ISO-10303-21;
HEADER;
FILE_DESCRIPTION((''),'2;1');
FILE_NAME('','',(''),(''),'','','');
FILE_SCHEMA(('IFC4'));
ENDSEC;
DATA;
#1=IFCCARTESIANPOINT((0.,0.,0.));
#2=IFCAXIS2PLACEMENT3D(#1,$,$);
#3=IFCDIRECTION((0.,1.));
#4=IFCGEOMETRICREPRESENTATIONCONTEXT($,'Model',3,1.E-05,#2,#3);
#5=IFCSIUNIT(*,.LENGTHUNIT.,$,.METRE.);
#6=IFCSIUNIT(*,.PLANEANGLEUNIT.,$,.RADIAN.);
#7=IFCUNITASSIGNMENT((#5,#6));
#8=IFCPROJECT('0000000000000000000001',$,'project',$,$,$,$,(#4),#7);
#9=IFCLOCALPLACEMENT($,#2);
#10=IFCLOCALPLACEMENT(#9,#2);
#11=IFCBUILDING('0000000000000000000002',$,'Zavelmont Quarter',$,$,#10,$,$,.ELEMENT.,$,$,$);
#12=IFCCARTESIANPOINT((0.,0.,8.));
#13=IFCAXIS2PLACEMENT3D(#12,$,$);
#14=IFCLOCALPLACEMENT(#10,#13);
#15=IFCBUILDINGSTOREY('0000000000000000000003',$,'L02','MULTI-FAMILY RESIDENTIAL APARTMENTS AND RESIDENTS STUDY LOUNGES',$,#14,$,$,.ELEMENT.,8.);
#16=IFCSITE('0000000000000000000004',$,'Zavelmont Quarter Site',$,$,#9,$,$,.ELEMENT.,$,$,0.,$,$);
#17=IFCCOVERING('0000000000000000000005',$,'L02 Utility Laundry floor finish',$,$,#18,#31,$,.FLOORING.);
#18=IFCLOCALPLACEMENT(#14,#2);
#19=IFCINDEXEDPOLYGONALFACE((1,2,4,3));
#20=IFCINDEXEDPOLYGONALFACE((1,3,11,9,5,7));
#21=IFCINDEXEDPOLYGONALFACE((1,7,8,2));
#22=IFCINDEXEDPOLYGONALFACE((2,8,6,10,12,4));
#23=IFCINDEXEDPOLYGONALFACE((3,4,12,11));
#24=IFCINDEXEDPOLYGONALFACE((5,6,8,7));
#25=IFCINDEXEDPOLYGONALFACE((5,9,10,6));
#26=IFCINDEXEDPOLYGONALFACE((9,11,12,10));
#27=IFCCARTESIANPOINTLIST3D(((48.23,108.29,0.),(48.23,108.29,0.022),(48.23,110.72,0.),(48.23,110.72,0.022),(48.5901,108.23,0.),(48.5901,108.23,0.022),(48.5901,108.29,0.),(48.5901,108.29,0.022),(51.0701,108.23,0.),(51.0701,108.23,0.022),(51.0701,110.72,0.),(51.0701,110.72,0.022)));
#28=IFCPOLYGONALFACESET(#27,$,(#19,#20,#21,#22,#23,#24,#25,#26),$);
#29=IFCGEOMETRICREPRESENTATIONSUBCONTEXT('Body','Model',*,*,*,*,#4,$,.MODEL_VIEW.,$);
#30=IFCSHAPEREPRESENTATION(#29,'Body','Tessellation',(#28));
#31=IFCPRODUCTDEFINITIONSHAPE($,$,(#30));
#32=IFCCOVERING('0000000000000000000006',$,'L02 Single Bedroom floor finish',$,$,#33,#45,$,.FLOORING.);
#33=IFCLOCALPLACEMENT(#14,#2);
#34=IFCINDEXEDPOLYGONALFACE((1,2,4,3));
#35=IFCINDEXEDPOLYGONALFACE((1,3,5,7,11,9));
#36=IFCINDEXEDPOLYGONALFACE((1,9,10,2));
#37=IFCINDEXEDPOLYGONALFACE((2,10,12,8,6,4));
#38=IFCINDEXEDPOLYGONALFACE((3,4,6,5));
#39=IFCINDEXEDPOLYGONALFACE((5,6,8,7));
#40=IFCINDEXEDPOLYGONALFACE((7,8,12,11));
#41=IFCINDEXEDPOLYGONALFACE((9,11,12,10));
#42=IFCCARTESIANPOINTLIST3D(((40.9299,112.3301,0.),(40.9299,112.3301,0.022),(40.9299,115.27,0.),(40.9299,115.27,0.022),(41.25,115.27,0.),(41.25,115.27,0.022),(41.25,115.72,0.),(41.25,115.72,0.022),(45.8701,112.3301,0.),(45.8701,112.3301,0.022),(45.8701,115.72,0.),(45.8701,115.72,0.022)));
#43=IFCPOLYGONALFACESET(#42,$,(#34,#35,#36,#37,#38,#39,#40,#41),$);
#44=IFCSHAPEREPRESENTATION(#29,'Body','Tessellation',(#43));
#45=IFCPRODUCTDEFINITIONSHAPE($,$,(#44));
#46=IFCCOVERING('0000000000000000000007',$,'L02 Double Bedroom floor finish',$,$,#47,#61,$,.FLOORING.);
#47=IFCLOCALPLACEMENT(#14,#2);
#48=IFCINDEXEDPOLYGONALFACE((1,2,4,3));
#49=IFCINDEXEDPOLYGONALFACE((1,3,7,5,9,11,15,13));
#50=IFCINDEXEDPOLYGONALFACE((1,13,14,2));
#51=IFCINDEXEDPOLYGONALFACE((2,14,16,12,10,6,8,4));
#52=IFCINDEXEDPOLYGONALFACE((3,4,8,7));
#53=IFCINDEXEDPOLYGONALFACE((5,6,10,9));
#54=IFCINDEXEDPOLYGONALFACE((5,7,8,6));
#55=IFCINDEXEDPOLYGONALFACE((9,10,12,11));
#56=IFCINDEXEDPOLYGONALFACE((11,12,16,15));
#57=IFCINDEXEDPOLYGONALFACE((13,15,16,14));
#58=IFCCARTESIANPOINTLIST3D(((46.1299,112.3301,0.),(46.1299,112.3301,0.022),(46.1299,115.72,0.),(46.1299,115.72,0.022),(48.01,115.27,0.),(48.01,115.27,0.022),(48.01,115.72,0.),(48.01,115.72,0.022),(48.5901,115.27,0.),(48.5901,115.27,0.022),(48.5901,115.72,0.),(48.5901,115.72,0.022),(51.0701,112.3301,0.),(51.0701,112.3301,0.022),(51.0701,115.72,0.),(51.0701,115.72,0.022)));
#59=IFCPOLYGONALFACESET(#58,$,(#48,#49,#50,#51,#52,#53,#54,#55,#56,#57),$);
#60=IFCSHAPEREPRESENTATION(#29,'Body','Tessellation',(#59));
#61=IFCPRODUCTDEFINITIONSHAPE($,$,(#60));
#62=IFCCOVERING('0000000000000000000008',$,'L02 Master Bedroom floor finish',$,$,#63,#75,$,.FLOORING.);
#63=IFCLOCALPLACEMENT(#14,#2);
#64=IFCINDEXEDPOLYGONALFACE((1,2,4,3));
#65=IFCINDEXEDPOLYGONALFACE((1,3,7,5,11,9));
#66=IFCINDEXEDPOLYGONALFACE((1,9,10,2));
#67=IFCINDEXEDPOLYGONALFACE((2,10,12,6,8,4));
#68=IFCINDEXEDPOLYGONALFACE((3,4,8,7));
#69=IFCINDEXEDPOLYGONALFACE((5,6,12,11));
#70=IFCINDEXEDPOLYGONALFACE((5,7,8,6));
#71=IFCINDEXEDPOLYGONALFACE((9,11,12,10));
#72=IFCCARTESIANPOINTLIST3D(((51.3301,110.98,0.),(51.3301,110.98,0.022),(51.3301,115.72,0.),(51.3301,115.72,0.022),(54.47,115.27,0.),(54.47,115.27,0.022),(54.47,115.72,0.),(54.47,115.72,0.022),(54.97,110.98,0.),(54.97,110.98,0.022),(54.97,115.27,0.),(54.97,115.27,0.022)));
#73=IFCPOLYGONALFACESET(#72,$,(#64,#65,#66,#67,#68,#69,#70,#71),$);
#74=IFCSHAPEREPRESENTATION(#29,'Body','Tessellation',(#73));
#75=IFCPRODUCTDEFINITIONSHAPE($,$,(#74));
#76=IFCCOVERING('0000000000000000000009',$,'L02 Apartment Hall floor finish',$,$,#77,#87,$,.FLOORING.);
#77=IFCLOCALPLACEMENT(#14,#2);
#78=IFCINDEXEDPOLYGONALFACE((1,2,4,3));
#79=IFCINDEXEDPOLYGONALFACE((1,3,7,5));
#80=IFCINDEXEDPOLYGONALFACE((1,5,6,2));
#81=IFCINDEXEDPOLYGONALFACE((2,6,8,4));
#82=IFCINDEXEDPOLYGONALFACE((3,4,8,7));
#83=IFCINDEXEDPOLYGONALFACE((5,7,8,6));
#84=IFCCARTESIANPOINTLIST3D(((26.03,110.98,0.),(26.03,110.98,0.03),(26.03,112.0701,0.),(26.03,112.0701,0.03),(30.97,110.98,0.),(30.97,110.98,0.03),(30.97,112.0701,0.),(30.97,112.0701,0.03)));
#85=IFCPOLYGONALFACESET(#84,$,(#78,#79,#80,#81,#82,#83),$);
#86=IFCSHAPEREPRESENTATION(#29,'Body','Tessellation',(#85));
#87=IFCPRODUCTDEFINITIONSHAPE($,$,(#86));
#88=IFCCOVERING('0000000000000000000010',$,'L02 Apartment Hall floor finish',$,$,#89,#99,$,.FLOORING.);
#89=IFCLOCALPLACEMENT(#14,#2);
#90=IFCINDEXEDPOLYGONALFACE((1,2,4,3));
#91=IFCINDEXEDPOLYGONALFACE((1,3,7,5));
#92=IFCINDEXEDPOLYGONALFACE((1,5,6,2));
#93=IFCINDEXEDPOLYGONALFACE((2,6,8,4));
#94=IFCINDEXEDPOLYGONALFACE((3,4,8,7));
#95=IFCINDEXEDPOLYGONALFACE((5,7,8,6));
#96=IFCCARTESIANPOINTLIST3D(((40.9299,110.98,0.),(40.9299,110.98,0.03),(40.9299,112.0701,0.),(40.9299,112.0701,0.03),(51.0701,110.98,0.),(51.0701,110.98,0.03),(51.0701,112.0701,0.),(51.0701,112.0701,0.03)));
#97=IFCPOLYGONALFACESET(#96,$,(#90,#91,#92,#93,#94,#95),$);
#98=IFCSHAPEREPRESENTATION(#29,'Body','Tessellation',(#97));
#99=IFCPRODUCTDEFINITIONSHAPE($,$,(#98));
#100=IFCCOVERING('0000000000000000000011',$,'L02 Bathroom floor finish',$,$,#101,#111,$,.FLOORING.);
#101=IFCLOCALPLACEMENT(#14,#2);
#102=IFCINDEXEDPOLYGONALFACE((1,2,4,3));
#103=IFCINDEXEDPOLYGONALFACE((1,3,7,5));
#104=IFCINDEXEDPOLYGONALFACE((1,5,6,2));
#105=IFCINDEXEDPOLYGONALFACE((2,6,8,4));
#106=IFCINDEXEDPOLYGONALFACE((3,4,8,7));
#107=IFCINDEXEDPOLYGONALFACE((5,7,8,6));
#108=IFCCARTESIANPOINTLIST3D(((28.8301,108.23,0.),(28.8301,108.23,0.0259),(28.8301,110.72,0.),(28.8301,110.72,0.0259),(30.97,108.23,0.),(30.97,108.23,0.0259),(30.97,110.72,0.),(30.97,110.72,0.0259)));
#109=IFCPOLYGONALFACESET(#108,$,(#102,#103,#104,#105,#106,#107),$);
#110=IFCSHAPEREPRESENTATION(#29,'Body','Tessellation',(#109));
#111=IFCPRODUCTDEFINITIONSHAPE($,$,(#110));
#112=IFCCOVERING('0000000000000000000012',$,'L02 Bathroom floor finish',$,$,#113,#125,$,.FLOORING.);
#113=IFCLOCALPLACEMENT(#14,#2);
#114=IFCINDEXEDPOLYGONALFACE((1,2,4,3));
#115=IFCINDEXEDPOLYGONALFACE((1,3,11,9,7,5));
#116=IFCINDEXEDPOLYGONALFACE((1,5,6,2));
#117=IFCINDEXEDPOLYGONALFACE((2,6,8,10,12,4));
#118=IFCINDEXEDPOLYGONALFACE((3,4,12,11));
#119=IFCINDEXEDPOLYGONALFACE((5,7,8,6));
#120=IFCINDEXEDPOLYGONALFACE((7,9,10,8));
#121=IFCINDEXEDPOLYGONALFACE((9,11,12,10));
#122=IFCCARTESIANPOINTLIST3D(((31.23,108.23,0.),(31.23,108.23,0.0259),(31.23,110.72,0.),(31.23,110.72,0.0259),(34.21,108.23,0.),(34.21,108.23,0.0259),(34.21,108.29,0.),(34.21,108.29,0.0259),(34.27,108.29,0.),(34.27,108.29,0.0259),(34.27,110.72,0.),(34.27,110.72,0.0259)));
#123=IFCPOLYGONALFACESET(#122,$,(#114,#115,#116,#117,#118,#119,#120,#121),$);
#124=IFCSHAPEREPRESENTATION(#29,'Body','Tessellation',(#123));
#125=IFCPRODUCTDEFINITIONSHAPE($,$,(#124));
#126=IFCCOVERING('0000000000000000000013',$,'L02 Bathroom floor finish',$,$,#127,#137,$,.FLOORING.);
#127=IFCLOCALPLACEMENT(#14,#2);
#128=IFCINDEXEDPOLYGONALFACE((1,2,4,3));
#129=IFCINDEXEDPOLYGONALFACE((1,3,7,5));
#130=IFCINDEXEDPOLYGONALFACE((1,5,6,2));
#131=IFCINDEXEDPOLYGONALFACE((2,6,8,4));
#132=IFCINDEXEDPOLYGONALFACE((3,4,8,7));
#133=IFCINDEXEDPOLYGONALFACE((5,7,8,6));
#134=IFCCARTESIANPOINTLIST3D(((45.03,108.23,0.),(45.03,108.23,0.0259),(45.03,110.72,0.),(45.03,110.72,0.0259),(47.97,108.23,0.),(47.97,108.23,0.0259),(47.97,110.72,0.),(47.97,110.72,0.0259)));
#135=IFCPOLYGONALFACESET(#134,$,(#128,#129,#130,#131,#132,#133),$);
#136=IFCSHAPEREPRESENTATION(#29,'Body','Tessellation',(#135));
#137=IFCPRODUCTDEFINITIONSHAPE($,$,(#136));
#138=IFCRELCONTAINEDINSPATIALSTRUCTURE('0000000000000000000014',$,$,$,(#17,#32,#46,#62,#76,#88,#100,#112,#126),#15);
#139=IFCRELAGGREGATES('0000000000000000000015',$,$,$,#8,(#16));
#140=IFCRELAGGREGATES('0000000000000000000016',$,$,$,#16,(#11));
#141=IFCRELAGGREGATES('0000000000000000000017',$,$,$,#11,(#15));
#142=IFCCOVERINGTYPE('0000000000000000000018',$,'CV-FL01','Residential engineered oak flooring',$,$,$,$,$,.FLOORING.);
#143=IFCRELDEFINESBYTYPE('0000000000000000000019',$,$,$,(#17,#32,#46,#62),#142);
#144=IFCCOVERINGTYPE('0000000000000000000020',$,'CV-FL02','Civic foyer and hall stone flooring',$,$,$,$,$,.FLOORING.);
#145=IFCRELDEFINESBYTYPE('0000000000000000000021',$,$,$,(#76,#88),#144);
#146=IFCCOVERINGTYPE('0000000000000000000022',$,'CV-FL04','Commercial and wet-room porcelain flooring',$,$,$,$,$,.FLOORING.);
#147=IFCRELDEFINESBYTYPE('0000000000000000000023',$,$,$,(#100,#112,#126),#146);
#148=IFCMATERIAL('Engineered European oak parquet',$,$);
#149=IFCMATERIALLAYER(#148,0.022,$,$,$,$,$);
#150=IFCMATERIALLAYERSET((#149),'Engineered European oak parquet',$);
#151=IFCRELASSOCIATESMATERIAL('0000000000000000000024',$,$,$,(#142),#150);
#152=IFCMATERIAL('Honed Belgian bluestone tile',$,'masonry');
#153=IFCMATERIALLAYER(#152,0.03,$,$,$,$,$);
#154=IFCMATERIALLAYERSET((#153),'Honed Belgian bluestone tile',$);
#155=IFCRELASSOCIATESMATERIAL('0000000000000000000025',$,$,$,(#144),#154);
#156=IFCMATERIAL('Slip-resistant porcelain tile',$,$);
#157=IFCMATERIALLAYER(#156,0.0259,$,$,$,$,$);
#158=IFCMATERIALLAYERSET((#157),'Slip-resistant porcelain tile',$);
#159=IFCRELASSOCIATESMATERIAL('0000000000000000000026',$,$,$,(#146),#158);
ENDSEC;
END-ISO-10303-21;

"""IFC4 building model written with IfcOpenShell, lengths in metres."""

from ifc_helpers import new_model, si_unit, direction, frame, origin, place, context, subcontext, project, spatial, polyline, outline, extrude, material, layer, layer_set, type_object, element, save


model = new_model("IFC4")

# Units and contexts
model_context = context("Model", 3, precision=1e-05, world=origin(), true_north=direction((0.0, 1.0)))
body_context = subcontext(model_context, "Body", "Model", "MODEL_VIEW")
ifc_project = project(units=[si_unit("LENGTHUNIT", "METRE"), si_unit("PLANEANGLEUNIT", "RADIAN")], contexts=[model_context])

# Site, building, storey
site_placement = place(None, origin())
site = spatial("IfcSite", under=ifc_project, at=site_placement, Name="Zavelmont Quarter Site", CompositionType="ELEMENT", RefElevation=0.0)
building_placement = place(site_placement, origin())
building = spatial("IfcBuilding", under=site, at=building_placement, Name="Zavelmont Quarter", CompositionType="ELEMENT")
storey_placement = place(building_placement, frame((0.0, 0.0, 8.0)))
storey = spatial("IfcBuildingStorey", under=building, at=storey_placement, Name="L02", Description="MULTI-FAMILY RESIDENTIAL APARTMENTS AND RESIDENTS STUDY LOUNGES", CompositionType="ELEMENT", Elevation=8.0)

# Coverings
ifc_material_1 = material(Name="Engineered European oak parquet")
ifc_layer_1 = layer(ifc_material_1, 0.022)
ifc_layer_set_1 = layer_set([ifc_layer_1], Name="Engineered European oak parquet")
covering_type_1 = type_object("IfcCoveringType", Name="CV-FL01", Description="Residential engineered oak flooring", PredefinedType="FLOORING", material=ifc_layer_set_1)
covering_1_placement = place(storey_placement, origin())
element("IfcCovering", 1, at=covering_1_placement, inside=storey, type_object=covering_type_1, Name="L02 Utility Laundry floor finish", PredefinedType="FLOORING", context=body_context, shape_type="SweptSolid", body=[
    extrude(outline(polyline([(48.23, 110.72), (51.0701, 110.72), (51.0701, 108.23), (48.5901, 108.23), (48.5901, 108.29), (48.23, 108.29), (48.23, 110.72)])), origin(), (0.0, 0.0, 1.0), 0.022),
])
covering_2_placement = place(storey_placement, origin())
element("IfcCovering", 2, at=covering_2_placement, inside=storey, type_object=covering_type_1, Name="L02 Single Bedroom floor finish", PredefinedType="FLOORING", context=body_context, shape_type="SweptSolid", body=[
    extrude(outline(polyline([(40.9299, 115.27), (41.25, 115.27), (41.25, 115.72), (45.8701, 115.72), (45.8701, 112.3301), (40.9299, 112.3301), (40.9299, 115.27)])), origin(), (0.0, 0.0, 1.0), 0.022),
])
covering_3_placement = place(storey_placement, origin())
element("IfcCovering", 3, at=covering_3_placement, inside=storey, type_object=covering_type_1, Name="L02 Double Bedroom floor finish", PredefinedType="FLOORING", context=body_context, shape_type="SweptSolid", body=[
    extrude(outline(polyline([(46.1299, 115.72), (48.01, 115.72), (48.01, 115.27), (48.5901, 115.27), (48.5901, 115.72), (51.0701, 115.72), (51.0701, 112.3301), (46.1299, 112.3301), (46.1299, 115.72)])), origin(), (0.0, 0.0, 1.0), 0.022),
])
covering_4_placement = place(storey_placement, origin())
element("IfcCovering", 4, at=covering_4_placement, inside=storey, type_object=covering_type_1, Name="L02 Master Bedroom floor finish", PredefinedType="FLOORING", context=body_context, shape_type="SweptSolid", body=[
    extrude(outline(polyline([(51.3301, 115.72), (54.47, 115.72), (54.47, 115.27), (54.97, 115.27), (54.97, 110.98), (51.3301, 110.98), (51.3301, 115.72)])), origin(), (0.0, 0.0, 1.0), 0.022),
])
ifc_material_2 = material(Name="Honed Belgian bluestone tile", Category="masonry")
ifc_layer_2 = layer(ifc_material_2, 0.03)
ifc_layer_set_2 = layer_set([ifc_layer_2], Name="Honed Belgian bluestone tile")
covering_type_2 = type_object("IfcCoveringType", Name="CV-FL02", Description="Civic foyer and hall stone flooring", PredefinedType="FLOORING", material=ifc_layer_set_2)
covering_5_placement = place(storey_placement, origin())
element("IfcCovering", 5, at=covering_5_placement, inside=storey, type_object=covering_type_2, Name="L02 Apartment Hall floor finish", PredefinedType="FLOORING", context=body_context, shape_type="SweptSolid", body=[
    extrude(outline(polyline([(26.03, 112.0701), (30.97, 112.0701), (30.97, 110.98), (26.03, 110.98), (26.03, 112.0701)])), origin(), (0.0, 0.0, 1.0), 0.03),
])
covering_6_placement = place(storey_placement, origin())
element("IfcCovering", 6, at=covering_6_placement, inside=storey, type_object=covering_type_2, Name="L02 Apartment Hall floor finish", PredefinedType="FLOORING", context=body_context, shape_type="SweptSolid", body=[
    extrude(outline(polyline([(40.9299, 112.0701), (51.0701, 112.0701), (51.0701, 110.98), (40.9299, 110.98), (40.9299, 112.0701)])), origin(), (0.0, 0.0, 1.0), 0.03),
])
ifc_material_3 = material(Name="Slip-resistant porcelain tile")
ifc_layer_3 = layer(ifc_material_3, 0.0259)
ifc_layer_set_3 = layer_set([ifc_layer_3], Name="Slip-resistant porcelain tile")
covering_type_3 = type_object("IfcCoveringType", Name="CV-FL04", Description="Commercial and wet-room porcelain flooring", PredefinedType="FLOORING", material=ifc_layer_set_3)
covering_7_placement = place(storey_placement, origin())
element("IfcCovering", 7, at=covering_7_placement, inside=storey, type_object=covering_type_3, Name="L02 Bathroom floor finish", PredefinedType="FLOORING", context=body_context, shape_type="SweptSolid", body=[
    extrude(outline(polyline([(28.8301, 110.72), (30.97, 110.72), (30.97, 108.23), (28.8301, 108.23), (28.8301, 110.72)])), origin(), (0.0, 0.0, 1.0), 0.0259),
])
covering_8_placement = place(storey_placement, origin())
element("IfcCovering", 8, at=covering_8_placement, inside=storey, type_object=covering_type_3, Name="L02 Bathroom floor finish", PredefinedType="FLOORING", context=body_context, shape_type="SweptSolid", body=[
    extrude(outline(polyline([(31.23, 110.72), (34.27, 110.72), (34.27, 108.29), (34.21, 108.29), (34.21, 108.23), (31.23, 108.23), (31.23, 110.72)])), origin(), (0.0, 0.0, 1.0), 0.0259),
])
covering_9_placement = place(storey_placement, origin())
element("IfcCovering", 9, at=covering_9_placement, inside=storey, type_object=covering_type_3, Name="L02 Bathroom floor finish", PredefinedType="FLOORING", context=body_context, shape_type="SweptSolid", body=[
    extrude(outline(polyline([(45.03, 110.72), (47.97, 110.72), (47.97, 108.23), (45.03, 108.23), (45.03, 110.72)])), origin(), (0.0, 0.0, 1.0), 0.0259),
])

save(model, "model.ifc")
